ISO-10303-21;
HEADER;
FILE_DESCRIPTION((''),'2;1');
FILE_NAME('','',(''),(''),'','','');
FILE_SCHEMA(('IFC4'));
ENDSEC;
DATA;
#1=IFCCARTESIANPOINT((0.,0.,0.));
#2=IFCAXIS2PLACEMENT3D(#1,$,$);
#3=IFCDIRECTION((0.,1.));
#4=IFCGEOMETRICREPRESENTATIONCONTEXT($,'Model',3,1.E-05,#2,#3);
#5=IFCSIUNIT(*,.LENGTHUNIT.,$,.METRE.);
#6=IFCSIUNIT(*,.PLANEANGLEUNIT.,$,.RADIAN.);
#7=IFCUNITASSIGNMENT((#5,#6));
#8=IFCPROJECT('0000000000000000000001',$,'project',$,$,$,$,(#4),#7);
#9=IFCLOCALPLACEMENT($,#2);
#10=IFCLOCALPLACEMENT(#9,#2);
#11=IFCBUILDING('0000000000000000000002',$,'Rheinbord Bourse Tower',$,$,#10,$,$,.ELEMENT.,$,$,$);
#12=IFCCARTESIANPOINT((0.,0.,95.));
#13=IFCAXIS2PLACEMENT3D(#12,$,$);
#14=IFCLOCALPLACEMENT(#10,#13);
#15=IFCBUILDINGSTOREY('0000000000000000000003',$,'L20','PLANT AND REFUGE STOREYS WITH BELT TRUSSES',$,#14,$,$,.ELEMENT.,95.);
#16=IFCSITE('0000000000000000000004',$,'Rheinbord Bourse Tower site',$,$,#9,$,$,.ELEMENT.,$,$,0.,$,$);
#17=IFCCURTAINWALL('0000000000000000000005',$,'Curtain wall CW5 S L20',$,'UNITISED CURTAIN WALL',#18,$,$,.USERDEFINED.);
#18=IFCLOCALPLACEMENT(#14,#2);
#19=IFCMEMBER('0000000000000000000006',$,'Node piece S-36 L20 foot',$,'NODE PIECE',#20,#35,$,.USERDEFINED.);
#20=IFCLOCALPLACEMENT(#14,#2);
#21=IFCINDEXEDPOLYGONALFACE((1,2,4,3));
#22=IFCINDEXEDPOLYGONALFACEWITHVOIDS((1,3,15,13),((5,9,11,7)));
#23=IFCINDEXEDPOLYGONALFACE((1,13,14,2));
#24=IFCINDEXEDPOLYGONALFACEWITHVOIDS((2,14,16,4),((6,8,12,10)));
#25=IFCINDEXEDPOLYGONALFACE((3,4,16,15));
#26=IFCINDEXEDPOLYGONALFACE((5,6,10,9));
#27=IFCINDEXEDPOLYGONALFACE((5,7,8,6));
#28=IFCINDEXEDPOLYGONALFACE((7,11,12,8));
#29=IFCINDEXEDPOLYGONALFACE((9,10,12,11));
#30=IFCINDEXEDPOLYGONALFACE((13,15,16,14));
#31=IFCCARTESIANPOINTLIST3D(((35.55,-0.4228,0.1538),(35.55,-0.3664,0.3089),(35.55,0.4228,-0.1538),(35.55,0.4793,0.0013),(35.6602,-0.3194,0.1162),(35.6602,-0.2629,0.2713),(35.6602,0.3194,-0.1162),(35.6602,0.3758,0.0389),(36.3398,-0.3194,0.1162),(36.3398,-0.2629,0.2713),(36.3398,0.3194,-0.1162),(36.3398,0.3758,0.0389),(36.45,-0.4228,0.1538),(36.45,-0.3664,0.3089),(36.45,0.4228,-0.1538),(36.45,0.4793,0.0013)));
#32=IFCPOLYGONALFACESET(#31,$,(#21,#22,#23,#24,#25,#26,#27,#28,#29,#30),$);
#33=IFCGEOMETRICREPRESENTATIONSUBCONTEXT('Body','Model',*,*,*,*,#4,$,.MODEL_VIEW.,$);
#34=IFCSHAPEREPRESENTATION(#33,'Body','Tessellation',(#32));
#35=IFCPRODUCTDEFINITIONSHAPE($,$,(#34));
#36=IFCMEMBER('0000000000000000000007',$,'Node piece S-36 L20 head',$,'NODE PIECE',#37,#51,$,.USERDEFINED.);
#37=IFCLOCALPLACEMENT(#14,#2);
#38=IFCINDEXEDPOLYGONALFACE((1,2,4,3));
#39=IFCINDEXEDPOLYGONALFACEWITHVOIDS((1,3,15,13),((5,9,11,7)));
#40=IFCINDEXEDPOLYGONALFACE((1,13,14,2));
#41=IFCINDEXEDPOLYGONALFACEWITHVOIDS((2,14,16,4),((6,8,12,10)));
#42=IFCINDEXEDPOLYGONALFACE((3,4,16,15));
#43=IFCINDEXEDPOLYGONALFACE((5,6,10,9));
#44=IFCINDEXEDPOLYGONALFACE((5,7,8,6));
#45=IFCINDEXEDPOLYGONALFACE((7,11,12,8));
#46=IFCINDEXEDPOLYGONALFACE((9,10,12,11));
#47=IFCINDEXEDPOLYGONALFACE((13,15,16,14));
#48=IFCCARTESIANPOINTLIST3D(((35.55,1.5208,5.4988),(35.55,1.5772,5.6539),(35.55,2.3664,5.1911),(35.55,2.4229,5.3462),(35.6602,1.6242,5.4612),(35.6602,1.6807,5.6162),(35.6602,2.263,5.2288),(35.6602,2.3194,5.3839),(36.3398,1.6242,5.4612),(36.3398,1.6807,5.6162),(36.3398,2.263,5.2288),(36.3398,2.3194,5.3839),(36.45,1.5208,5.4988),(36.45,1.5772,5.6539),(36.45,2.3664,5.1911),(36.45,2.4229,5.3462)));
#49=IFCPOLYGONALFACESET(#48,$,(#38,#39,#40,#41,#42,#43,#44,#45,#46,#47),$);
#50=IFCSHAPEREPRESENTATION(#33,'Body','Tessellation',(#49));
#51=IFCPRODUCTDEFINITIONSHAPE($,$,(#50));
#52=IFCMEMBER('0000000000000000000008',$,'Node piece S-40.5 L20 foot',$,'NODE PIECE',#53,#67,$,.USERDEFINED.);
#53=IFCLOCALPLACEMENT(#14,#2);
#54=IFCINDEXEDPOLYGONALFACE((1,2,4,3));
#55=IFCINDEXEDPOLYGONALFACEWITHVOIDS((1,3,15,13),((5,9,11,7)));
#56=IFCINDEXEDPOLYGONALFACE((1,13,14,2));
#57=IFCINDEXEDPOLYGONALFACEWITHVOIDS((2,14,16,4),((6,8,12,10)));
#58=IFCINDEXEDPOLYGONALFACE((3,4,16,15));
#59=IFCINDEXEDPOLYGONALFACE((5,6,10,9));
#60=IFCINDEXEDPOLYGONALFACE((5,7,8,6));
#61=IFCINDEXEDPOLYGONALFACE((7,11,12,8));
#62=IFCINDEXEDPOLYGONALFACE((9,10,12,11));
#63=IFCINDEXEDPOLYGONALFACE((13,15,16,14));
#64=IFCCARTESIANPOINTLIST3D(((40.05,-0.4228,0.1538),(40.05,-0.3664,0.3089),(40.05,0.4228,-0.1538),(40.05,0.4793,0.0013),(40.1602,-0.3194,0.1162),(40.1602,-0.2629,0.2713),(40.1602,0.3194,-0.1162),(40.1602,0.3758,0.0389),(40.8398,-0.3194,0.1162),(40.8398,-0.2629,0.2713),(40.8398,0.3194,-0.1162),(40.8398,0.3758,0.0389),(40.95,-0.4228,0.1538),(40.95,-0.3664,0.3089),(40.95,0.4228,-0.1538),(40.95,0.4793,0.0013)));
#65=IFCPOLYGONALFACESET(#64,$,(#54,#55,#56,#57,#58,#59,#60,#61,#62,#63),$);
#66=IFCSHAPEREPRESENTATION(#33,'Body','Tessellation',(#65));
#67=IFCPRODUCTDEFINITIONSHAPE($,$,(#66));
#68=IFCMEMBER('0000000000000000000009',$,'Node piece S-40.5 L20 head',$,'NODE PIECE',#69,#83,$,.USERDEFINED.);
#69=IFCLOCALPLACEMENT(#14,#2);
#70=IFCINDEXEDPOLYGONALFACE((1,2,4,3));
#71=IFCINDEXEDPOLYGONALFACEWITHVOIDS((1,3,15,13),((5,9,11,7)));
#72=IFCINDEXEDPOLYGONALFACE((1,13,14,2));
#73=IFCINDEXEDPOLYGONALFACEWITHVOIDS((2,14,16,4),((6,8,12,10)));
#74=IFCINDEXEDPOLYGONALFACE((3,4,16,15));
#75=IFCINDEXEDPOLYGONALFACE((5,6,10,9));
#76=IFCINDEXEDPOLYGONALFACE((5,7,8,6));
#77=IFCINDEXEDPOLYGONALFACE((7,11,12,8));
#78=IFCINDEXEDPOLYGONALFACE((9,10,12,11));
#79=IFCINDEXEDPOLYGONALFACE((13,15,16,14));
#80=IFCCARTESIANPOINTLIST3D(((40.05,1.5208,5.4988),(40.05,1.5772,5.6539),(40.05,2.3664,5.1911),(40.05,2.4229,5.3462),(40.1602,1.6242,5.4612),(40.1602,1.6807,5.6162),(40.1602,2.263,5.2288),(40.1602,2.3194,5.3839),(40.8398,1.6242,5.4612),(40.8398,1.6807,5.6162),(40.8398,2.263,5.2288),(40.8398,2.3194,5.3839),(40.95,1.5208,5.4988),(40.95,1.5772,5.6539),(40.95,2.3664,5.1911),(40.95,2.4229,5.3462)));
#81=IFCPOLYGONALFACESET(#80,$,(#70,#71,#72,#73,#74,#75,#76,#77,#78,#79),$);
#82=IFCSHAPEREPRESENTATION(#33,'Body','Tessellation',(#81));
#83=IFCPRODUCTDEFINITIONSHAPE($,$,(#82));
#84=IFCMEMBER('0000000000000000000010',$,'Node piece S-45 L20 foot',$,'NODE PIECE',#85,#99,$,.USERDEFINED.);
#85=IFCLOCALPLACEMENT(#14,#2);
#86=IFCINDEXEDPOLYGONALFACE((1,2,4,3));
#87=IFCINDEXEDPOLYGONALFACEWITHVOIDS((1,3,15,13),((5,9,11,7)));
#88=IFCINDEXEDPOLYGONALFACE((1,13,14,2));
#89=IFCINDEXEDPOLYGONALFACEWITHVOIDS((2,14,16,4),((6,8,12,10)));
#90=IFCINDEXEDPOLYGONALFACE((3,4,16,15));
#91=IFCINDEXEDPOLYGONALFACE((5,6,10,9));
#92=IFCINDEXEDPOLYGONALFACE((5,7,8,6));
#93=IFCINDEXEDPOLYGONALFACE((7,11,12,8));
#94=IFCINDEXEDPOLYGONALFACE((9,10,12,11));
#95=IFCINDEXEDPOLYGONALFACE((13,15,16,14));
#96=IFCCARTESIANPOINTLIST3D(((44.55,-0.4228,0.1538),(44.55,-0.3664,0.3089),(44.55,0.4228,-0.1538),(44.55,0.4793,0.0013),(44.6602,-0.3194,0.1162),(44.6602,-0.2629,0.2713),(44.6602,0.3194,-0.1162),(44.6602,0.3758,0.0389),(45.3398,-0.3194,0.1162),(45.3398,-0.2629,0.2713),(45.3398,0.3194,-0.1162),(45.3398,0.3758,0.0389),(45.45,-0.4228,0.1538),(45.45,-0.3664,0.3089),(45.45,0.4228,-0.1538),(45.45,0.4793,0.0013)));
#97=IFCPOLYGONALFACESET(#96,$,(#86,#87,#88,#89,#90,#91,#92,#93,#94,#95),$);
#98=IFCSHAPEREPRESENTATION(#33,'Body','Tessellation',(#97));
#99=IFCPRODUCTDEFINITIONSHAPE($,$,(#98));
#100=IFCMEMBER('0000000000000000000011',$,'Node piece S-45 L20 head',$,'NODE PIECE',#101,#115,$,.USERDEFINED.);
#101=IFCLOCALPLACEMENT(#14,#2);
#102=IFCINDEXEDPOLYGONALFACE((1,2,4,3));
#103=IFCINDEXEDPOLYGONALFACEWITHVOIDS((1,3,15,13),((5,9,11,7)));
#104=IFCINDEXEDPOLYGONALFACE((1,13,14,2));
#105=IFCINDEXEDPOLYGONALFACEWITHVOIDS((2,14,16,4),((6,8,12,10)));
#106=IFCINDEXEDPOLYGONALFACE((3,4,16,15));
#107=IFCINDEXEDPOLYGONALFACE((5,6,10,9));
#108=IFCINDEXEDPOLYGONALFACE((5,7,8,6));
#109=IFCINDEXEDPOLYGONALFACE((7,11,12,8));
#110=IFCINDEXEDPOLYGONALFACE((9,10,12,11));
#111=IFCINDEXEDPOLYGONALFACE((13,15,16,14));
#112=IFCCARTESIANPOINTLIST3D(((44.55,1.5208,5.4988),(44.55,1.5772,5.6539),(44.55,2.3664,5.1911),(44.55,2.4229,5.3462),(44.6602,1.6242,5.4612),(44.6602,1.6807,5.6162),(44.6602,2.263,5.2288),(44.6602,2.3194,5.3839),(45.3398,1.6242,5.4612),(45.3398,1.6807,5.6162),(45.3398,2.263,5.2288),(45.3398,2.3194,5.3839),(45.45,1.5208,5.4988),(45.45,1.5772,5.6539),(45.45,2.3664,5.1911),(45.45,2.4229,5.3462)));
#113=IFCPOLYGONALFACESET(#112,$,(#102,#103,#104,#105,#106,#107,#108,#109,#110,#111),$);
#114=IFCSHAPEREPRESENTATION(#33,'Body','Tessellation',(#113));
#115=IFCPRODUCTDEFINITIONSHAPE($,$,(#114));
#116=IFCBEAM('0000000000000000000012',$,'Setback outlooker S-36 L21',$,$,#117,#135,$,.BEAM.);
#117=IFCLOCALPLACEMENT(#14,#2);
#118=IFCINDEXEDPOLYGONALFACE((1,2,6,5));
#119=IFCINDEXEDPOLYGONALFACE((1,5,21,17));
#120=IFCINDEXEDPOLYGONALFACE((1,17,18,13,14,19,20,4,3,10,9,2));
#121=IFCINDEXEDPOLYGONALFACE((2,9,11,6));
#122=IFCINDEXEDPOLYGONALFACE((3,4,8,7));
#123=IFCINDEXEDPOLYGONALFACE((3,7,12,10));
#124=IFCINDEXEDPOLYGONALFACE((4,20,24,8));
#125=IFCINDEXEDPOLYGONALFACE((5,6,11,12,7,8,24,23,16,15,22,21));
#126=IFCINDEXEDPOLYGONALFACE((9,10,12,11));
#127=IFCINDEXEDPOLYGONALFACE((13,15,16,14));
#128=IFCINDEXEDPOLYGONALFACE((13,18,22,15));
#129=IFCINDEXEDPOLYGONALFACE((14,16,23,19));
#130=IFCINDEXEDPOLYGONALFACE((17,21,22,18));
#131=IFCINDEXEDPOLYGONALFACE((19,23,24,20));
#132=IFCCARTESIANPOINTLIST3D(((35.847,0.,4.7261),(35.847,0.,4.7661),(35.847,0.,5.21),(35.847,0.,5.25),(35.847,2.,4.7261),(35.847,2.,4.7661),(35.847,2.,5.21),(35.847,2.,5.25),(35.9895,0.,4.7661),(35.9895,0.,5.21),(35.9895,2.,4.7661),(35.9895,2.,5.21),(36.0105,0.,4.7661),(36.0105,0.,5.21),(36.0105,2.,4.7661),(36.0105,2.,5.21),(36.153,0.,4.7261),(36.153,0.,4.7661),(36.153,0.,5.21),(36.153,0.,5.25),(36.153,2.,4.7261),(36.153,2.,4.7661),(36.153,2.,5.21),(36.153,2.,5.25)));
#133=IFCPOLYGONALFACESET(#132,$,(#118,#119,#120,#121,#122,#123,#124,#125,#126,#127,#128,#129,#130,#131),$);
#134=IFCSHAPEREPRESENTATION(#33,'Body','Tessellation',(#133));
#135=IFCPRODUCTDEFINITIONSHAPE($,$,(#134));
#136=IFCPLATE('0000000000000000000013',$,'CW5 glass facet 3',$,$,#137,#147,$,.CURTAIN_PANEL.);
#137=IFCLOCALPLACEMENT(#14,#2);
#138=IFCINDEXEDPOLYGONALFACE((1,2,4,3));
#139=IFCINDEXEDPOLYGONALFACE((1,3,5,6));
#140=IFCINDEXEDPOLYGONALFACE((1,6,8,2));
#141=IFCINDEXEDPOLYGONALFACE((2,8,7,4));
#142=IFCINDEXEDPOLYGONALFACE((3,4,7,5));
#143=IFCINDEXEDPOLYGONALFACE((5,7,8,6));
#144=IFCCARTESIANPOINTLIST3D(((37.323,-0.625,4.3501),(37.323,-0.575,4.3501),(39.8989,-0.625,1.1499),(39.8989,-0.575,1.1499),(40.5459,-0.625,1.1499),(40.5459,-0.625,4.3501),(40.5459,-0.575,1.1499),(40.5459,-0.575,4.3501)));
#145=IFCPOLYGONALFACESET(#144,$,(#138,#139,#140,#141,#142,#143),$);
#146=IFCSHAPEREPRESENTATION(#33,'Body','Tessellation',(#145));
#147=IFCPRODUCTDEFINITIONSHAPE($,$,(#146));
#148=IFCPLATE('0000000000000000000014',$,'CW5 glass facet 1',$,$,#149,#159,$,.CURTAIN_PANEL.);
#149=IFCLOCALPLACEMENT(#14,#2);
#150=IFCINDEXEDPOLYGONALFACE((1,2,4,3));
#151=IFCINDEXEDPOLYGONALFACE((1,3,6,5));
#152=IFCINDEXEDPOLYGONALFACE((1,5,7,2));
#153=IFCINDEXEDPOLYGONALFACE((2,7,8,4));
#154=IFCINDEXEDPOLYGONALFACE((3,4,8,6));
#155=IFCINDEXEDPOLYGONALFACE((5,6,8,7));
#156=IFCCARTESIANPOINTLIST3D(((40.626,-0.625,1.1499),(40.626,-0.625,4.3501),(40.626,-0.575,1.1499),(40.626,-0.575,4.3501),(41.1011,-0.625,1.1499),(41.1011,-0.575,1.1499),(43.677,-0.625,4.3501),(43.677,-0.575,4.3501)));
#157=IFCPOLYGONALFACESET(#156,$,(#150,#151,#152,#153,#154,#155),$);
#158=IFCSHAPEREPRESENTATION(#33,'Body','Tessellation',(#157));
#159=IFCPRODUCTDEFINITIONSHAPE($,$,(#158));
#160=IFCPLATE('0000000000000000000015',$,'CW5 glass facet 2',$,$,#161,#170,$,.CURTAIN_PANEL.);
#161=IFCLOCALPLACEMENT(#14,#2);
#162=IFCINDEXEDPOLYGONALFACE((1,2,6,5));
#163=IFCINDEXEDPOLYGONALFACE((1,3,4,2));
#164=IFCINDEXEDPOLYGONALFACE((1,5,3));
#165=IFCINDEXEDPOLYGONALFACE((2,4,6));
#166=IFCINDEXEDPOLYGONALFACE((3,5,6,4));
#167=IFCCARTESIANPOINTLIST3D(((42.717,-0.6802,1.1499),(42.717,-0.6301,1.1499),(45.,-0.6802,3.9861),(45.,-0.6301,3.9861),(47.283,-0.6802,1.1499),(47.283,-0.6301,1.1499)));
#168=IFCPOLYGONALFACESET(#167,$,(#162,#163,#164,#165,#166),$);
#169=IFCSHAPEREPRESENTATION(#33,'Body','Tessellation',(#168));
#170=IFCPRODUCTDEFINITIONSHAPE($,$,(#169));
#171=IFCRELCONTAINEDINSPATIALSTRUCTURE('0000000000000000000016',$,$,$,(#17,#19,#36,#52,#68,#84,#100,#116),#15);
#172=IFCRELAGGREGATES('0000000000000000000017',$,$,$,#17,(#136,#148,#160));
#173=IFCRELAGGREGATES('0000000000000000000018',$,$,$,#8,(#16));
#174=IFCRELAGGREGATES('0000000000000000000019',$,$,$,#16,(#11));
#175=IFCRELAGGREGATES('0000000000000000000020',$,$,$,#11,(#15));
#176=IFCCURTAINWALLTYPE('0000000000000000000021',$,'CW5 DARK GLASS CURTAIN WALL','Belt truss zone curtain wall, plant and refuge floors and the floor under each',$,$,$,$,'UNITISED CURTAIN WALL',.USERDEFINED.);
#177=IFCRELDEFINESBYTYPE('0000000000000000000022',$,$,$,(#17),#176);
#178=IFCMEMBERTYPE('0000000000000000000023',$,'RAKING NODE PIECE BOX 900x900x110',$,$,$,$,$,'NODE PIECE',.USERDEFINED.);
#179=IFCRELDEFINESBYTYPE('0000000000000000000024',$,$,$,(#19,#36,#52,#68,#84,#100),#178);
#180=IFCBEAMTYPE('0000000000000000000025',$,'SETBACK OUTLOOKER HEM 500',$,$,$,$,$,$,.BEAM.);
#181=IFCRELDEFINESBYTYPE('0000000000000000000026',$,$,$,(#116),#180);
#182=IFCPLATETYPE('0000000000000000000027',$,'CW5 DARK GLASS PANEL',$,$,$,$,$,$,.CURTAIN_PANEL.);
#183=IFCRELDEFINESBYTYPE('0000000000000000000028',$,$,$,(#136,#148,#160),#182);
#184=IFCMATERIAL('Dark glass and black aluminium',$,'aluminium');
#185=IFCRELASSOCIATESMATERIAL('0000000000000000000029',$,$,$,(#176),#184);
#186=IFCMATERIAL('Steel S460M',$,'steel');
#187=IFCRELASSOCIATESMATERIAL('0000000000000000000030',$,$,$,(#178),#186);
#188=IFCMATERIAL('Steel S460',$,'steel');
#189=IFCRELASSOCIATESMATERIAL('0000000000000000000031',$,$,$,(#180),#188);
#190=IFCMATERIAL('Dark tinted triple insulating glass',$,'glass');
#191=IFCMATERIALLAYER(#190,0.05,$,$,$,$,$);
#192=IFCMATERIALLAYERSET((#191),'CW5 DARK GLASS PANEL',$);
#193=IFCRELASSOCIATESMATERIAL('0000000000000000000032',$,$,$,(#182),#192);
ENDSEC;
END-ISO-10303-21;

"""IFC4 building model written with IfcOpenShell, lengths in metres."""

from ifc_helpers import new_model, si_unit, direction, frame, origin, origin_2d, place, context, subcontext, project, spatial, polyline, hollow_rectangle, i_section, outline, extrude, material, layer, layer_set, material_profile, profile_set, type_object, element, aggregate, save


model = new_model("IFC4")

# Units and contexts
model_context = context("Model", 3, precision=1e-05, world=origin(), true_north=direction((0.0, 1.0)))
body_context = subcontext(model_context, "Body", "Model", "MODEL_VIEW")
ifc_project = project(units=[si_unit("LENGTHUNIT", "METRE"), si_unit("PLANEANGLEUNIT", "RADIAN")], contexts=[model_context])

# Site, building, storey
site_placement = place(None, origin())
site = spatial("IfcSite", under=ifc_project, at=site_placement, Name="Rheinbord Bourse Tower site", CompositionType="ELEMENT", RefElevation=0.0)
building_placement = place(site_placement, origin())
building = spatial("IfcBuilding", under=site, at=building_placement, Name="Rheinbord Bourse Tower", CompositionType="ELEMENT")
storey_placement = place(building_placement, frame((0.0, 0.0, 95.0)))
storey = spatial("IfcBuildingStorey", under=building, at=storey_placement, Name="L20", Description="PLANT AND REFUGE STOREYS WITH BELT TRUSSES", CompositionType="ELEMENT", Elevation=95.0)

# Curtain wall
ifc_material_1 = material(Name="Dark glass and black aluminium", Category="aluminium")
curtain_wall_type = type_object("IfcCurtainWallType", Name="CW5 DARK GLASS CURTAIN WALL", Description="Belt truss zone curtain wall, plant and refuge floors and the floor under each", ElementType="UNITISED CURTAIN WALL", PredefinedType="USERDEFINED", material=ifc_material_1)
curtain_wall_placement = place(storey_placement, origin())
curtain_wall = element("IfcCurtainWall", 1, at=curtain_wall_placement, inside=storey, type_object=curtain_wall_type, Name="Curtain wall CW5 S L20", ObjectType="UNITISED CURTAIN WALL", PredefinedType="USERDEFINED")

# Members
ifc_material_2 = material(Name="Steel S460M", Category="steel")
ifc_material_profile_1 = material_profile(ifc_material_2, hollow_rectangle(XDim=0.8999, YDim=0.8999, WallThickness=0.1101, at=origin_2d()), Name="BOX 900x900x110")
ifc_profile_set_1 = profile_set([ifc_material_profile_1], Name="Steel S460M")
member_type_1 = type_object("IfcMemberType", Name="RAKING NODE PIECE BOX 900x900x110", ElementType="NODE PIECE", PredefinedType="USERDEFINED", material=ifc_profile_set_1)
for number, where, z_axis, x_axis, name in (
    (2, (36.0, 0.0, 0.0), (0.0, 0.341862, 0.93975), (0.0, -0.93975, 0.341862), "Node piece S-36 L20 foot"),
    (3, (36.0, 1.9436, 5.345), (0.0, 0.341862, 0.93975), (0.0, -0.93975, 0.341862), "Node piece S-36 L20 head"),
    (4, (40.5, 0.0, 0.0), (0.0, 0.341862, 0.93975), (0.0, -0.93975, 0.341862), "Node piece S-40.5 L20 foot"),
    (5, (40.5, 1.9436, 5.345), (0.0, 0.341862, 0.93975), (0.0, -0.93975, 0.341862), "Node piece S-40.5 L20 head"),
    (6, (45.0, 0.0, 0.0), (0.0, 0.341862, 0.93975), (0.0, -0.93975, 0.341862), "Node piece S-45 L20 foot"),
    (7, (45.0, 1.9436, 5.345), (0.0, 0.341862, 0.93975), (0.0, -0.93975, 0.341862), "Node piece S-45 L20 head"),
):
    element("IfcMember", number, at=place(storey_placement, frame(where, z_axis=z_axis, x_axis=x_axis)), inside=storey, type_object=member_type_1, Name=name, ObjectType="NODE PIECE", PredefinedType="USERDEFINED", context=body_context, shape_type="SweptSolid", body=[
        extrude(hollow_rectangle(XDim=0.8999, YDim=0.8999, WallThickness=0.1101, at=origin_2d()), origin(), (0.0, 0.0, 1.0), 0.165),
    ])

# Beam
ifc_material_3 = material(Name="Steel S460", Category="steel")
ifc_material_profile_2 = material_profile(ifc_material_3, i_section(OverallWidth=0.3059, OverallDepth=0.5239, WebThickness=0.021, FlangeThickness=0.04, at=origin_2d()), Name="HEM 500")
ifc_profile_set_2 = profile_set([ifc_material_profile_2], Name="Steel S460")
beam_type_1 = type_object("IfcBeamType", Name="SETBACK OUTLOOKER HEM 500", PredefinedType="BEAM", material=ifc_profile_set_2)
beam_1_placement = place(storey_placement, frame((36.0, 2.0, 4.988), z_axis=(0.0, -1.0, 0.0), x_axis=(1.0, 0.0, 0.0)))
element("IfcBeam", 8, at=beam_1_placement, inside=storey, type_object=beam_type_1, Name="Setback outlooker S-36 L21", PredefinedType="BEAM", context=body_context, shape_type="SweptSolid", body=[
    extrude(i_section(OverallWidth=0.3059, OverallDepth=0.5239, WebThickness=0.021, FlangeThickness=0.04, at=origin_2d()), origin(), (0.0, 0.0, 1.0), 2.0),
])

# Plates
ifc_material_4 = material(Name="Dark tinted triple insulating glass", Category="glass")
ifc_layer = layer(ifc_material_4, 0.05)
ifc_layer_set = layer_set([ifc_layer], Name="CW5 DARK GLASS PANEL")
plate_type = type_object("IfcPlateType", Name="CW5 DARK GLASS PANEL", PredefinedType="CURTAIN_PANEL", material=ifc_layer_set)
plate_1_placement = place(storey_placement, frame((40.5459, -0.625, 4.3501), z_axis=(0.0, 1.0, 0.0), x_axis=(0.0, 0.0, -1.0)))
plate_1 = element("IfcPlate", 9, at=plate_1_placement, type_object=plate_type, Name="CW5 glass facet 3", PredefinedType="CURTAIN_PANEL", context=body_context, shape_type="SweptSolid", body=[
    extrude(outline(polyline([(0.0, 0.0), (3.2002, 0.0), (3.2002, 0.647), (0.0, 3.2229), (0.0, 0.0)])), origin(), (0.0, 0.0, 1.0), 0.05),
])
plate_2_placement = place(storey_placement, frame((40.626, -0.625, 1.1499), z_axis=(0.0, 1.0, 0.0), x_axis=(0.0, 0.0, 1.0)))
plate_2 = element("IfcPlate", 10, at=plate_2_placement, type_object=plate_type, Name="CW5 glass facet 1", PredefinedType="CURTAIN_PANEL", context=body_context, shape_type="SweptSolid", body=[
    extrude(outline(polyline([(0.0, 0.0), (3.2002, 0.0), (3.2002, 3.051), (0.0, 0.4751), (0.0, 0.0)])), origin(), (0.0, 0.0, 1.0), 0.05),
])
plate_3_placement = place(storey_placement, frame((42.717, -0.6802, 1.1499), z_axis=(0.0, 1.0, 0.0), x_axis=(0.627039, 0.0, 0.778988)))
plate_3 = element("IfcPlate", 11, at=plate_3_placement, type_object=plate_type, Name="CW5 glass facet 2", PredefinedType="CURTAIN_PANEL", context=body_context, shape_type="SweptSolid", body=[
    extrude(outline(polyline([(0.0, 0.0), (3.6409, 0.0), (2.863, 3.5569), (0.0, 0.0)])), origin(), (0.0, 0.0, 1.0), 0.05),
])
aggregate(curtain_wall, [plate_1, plate_2, plate_3])

save(model, "model.ifc")
